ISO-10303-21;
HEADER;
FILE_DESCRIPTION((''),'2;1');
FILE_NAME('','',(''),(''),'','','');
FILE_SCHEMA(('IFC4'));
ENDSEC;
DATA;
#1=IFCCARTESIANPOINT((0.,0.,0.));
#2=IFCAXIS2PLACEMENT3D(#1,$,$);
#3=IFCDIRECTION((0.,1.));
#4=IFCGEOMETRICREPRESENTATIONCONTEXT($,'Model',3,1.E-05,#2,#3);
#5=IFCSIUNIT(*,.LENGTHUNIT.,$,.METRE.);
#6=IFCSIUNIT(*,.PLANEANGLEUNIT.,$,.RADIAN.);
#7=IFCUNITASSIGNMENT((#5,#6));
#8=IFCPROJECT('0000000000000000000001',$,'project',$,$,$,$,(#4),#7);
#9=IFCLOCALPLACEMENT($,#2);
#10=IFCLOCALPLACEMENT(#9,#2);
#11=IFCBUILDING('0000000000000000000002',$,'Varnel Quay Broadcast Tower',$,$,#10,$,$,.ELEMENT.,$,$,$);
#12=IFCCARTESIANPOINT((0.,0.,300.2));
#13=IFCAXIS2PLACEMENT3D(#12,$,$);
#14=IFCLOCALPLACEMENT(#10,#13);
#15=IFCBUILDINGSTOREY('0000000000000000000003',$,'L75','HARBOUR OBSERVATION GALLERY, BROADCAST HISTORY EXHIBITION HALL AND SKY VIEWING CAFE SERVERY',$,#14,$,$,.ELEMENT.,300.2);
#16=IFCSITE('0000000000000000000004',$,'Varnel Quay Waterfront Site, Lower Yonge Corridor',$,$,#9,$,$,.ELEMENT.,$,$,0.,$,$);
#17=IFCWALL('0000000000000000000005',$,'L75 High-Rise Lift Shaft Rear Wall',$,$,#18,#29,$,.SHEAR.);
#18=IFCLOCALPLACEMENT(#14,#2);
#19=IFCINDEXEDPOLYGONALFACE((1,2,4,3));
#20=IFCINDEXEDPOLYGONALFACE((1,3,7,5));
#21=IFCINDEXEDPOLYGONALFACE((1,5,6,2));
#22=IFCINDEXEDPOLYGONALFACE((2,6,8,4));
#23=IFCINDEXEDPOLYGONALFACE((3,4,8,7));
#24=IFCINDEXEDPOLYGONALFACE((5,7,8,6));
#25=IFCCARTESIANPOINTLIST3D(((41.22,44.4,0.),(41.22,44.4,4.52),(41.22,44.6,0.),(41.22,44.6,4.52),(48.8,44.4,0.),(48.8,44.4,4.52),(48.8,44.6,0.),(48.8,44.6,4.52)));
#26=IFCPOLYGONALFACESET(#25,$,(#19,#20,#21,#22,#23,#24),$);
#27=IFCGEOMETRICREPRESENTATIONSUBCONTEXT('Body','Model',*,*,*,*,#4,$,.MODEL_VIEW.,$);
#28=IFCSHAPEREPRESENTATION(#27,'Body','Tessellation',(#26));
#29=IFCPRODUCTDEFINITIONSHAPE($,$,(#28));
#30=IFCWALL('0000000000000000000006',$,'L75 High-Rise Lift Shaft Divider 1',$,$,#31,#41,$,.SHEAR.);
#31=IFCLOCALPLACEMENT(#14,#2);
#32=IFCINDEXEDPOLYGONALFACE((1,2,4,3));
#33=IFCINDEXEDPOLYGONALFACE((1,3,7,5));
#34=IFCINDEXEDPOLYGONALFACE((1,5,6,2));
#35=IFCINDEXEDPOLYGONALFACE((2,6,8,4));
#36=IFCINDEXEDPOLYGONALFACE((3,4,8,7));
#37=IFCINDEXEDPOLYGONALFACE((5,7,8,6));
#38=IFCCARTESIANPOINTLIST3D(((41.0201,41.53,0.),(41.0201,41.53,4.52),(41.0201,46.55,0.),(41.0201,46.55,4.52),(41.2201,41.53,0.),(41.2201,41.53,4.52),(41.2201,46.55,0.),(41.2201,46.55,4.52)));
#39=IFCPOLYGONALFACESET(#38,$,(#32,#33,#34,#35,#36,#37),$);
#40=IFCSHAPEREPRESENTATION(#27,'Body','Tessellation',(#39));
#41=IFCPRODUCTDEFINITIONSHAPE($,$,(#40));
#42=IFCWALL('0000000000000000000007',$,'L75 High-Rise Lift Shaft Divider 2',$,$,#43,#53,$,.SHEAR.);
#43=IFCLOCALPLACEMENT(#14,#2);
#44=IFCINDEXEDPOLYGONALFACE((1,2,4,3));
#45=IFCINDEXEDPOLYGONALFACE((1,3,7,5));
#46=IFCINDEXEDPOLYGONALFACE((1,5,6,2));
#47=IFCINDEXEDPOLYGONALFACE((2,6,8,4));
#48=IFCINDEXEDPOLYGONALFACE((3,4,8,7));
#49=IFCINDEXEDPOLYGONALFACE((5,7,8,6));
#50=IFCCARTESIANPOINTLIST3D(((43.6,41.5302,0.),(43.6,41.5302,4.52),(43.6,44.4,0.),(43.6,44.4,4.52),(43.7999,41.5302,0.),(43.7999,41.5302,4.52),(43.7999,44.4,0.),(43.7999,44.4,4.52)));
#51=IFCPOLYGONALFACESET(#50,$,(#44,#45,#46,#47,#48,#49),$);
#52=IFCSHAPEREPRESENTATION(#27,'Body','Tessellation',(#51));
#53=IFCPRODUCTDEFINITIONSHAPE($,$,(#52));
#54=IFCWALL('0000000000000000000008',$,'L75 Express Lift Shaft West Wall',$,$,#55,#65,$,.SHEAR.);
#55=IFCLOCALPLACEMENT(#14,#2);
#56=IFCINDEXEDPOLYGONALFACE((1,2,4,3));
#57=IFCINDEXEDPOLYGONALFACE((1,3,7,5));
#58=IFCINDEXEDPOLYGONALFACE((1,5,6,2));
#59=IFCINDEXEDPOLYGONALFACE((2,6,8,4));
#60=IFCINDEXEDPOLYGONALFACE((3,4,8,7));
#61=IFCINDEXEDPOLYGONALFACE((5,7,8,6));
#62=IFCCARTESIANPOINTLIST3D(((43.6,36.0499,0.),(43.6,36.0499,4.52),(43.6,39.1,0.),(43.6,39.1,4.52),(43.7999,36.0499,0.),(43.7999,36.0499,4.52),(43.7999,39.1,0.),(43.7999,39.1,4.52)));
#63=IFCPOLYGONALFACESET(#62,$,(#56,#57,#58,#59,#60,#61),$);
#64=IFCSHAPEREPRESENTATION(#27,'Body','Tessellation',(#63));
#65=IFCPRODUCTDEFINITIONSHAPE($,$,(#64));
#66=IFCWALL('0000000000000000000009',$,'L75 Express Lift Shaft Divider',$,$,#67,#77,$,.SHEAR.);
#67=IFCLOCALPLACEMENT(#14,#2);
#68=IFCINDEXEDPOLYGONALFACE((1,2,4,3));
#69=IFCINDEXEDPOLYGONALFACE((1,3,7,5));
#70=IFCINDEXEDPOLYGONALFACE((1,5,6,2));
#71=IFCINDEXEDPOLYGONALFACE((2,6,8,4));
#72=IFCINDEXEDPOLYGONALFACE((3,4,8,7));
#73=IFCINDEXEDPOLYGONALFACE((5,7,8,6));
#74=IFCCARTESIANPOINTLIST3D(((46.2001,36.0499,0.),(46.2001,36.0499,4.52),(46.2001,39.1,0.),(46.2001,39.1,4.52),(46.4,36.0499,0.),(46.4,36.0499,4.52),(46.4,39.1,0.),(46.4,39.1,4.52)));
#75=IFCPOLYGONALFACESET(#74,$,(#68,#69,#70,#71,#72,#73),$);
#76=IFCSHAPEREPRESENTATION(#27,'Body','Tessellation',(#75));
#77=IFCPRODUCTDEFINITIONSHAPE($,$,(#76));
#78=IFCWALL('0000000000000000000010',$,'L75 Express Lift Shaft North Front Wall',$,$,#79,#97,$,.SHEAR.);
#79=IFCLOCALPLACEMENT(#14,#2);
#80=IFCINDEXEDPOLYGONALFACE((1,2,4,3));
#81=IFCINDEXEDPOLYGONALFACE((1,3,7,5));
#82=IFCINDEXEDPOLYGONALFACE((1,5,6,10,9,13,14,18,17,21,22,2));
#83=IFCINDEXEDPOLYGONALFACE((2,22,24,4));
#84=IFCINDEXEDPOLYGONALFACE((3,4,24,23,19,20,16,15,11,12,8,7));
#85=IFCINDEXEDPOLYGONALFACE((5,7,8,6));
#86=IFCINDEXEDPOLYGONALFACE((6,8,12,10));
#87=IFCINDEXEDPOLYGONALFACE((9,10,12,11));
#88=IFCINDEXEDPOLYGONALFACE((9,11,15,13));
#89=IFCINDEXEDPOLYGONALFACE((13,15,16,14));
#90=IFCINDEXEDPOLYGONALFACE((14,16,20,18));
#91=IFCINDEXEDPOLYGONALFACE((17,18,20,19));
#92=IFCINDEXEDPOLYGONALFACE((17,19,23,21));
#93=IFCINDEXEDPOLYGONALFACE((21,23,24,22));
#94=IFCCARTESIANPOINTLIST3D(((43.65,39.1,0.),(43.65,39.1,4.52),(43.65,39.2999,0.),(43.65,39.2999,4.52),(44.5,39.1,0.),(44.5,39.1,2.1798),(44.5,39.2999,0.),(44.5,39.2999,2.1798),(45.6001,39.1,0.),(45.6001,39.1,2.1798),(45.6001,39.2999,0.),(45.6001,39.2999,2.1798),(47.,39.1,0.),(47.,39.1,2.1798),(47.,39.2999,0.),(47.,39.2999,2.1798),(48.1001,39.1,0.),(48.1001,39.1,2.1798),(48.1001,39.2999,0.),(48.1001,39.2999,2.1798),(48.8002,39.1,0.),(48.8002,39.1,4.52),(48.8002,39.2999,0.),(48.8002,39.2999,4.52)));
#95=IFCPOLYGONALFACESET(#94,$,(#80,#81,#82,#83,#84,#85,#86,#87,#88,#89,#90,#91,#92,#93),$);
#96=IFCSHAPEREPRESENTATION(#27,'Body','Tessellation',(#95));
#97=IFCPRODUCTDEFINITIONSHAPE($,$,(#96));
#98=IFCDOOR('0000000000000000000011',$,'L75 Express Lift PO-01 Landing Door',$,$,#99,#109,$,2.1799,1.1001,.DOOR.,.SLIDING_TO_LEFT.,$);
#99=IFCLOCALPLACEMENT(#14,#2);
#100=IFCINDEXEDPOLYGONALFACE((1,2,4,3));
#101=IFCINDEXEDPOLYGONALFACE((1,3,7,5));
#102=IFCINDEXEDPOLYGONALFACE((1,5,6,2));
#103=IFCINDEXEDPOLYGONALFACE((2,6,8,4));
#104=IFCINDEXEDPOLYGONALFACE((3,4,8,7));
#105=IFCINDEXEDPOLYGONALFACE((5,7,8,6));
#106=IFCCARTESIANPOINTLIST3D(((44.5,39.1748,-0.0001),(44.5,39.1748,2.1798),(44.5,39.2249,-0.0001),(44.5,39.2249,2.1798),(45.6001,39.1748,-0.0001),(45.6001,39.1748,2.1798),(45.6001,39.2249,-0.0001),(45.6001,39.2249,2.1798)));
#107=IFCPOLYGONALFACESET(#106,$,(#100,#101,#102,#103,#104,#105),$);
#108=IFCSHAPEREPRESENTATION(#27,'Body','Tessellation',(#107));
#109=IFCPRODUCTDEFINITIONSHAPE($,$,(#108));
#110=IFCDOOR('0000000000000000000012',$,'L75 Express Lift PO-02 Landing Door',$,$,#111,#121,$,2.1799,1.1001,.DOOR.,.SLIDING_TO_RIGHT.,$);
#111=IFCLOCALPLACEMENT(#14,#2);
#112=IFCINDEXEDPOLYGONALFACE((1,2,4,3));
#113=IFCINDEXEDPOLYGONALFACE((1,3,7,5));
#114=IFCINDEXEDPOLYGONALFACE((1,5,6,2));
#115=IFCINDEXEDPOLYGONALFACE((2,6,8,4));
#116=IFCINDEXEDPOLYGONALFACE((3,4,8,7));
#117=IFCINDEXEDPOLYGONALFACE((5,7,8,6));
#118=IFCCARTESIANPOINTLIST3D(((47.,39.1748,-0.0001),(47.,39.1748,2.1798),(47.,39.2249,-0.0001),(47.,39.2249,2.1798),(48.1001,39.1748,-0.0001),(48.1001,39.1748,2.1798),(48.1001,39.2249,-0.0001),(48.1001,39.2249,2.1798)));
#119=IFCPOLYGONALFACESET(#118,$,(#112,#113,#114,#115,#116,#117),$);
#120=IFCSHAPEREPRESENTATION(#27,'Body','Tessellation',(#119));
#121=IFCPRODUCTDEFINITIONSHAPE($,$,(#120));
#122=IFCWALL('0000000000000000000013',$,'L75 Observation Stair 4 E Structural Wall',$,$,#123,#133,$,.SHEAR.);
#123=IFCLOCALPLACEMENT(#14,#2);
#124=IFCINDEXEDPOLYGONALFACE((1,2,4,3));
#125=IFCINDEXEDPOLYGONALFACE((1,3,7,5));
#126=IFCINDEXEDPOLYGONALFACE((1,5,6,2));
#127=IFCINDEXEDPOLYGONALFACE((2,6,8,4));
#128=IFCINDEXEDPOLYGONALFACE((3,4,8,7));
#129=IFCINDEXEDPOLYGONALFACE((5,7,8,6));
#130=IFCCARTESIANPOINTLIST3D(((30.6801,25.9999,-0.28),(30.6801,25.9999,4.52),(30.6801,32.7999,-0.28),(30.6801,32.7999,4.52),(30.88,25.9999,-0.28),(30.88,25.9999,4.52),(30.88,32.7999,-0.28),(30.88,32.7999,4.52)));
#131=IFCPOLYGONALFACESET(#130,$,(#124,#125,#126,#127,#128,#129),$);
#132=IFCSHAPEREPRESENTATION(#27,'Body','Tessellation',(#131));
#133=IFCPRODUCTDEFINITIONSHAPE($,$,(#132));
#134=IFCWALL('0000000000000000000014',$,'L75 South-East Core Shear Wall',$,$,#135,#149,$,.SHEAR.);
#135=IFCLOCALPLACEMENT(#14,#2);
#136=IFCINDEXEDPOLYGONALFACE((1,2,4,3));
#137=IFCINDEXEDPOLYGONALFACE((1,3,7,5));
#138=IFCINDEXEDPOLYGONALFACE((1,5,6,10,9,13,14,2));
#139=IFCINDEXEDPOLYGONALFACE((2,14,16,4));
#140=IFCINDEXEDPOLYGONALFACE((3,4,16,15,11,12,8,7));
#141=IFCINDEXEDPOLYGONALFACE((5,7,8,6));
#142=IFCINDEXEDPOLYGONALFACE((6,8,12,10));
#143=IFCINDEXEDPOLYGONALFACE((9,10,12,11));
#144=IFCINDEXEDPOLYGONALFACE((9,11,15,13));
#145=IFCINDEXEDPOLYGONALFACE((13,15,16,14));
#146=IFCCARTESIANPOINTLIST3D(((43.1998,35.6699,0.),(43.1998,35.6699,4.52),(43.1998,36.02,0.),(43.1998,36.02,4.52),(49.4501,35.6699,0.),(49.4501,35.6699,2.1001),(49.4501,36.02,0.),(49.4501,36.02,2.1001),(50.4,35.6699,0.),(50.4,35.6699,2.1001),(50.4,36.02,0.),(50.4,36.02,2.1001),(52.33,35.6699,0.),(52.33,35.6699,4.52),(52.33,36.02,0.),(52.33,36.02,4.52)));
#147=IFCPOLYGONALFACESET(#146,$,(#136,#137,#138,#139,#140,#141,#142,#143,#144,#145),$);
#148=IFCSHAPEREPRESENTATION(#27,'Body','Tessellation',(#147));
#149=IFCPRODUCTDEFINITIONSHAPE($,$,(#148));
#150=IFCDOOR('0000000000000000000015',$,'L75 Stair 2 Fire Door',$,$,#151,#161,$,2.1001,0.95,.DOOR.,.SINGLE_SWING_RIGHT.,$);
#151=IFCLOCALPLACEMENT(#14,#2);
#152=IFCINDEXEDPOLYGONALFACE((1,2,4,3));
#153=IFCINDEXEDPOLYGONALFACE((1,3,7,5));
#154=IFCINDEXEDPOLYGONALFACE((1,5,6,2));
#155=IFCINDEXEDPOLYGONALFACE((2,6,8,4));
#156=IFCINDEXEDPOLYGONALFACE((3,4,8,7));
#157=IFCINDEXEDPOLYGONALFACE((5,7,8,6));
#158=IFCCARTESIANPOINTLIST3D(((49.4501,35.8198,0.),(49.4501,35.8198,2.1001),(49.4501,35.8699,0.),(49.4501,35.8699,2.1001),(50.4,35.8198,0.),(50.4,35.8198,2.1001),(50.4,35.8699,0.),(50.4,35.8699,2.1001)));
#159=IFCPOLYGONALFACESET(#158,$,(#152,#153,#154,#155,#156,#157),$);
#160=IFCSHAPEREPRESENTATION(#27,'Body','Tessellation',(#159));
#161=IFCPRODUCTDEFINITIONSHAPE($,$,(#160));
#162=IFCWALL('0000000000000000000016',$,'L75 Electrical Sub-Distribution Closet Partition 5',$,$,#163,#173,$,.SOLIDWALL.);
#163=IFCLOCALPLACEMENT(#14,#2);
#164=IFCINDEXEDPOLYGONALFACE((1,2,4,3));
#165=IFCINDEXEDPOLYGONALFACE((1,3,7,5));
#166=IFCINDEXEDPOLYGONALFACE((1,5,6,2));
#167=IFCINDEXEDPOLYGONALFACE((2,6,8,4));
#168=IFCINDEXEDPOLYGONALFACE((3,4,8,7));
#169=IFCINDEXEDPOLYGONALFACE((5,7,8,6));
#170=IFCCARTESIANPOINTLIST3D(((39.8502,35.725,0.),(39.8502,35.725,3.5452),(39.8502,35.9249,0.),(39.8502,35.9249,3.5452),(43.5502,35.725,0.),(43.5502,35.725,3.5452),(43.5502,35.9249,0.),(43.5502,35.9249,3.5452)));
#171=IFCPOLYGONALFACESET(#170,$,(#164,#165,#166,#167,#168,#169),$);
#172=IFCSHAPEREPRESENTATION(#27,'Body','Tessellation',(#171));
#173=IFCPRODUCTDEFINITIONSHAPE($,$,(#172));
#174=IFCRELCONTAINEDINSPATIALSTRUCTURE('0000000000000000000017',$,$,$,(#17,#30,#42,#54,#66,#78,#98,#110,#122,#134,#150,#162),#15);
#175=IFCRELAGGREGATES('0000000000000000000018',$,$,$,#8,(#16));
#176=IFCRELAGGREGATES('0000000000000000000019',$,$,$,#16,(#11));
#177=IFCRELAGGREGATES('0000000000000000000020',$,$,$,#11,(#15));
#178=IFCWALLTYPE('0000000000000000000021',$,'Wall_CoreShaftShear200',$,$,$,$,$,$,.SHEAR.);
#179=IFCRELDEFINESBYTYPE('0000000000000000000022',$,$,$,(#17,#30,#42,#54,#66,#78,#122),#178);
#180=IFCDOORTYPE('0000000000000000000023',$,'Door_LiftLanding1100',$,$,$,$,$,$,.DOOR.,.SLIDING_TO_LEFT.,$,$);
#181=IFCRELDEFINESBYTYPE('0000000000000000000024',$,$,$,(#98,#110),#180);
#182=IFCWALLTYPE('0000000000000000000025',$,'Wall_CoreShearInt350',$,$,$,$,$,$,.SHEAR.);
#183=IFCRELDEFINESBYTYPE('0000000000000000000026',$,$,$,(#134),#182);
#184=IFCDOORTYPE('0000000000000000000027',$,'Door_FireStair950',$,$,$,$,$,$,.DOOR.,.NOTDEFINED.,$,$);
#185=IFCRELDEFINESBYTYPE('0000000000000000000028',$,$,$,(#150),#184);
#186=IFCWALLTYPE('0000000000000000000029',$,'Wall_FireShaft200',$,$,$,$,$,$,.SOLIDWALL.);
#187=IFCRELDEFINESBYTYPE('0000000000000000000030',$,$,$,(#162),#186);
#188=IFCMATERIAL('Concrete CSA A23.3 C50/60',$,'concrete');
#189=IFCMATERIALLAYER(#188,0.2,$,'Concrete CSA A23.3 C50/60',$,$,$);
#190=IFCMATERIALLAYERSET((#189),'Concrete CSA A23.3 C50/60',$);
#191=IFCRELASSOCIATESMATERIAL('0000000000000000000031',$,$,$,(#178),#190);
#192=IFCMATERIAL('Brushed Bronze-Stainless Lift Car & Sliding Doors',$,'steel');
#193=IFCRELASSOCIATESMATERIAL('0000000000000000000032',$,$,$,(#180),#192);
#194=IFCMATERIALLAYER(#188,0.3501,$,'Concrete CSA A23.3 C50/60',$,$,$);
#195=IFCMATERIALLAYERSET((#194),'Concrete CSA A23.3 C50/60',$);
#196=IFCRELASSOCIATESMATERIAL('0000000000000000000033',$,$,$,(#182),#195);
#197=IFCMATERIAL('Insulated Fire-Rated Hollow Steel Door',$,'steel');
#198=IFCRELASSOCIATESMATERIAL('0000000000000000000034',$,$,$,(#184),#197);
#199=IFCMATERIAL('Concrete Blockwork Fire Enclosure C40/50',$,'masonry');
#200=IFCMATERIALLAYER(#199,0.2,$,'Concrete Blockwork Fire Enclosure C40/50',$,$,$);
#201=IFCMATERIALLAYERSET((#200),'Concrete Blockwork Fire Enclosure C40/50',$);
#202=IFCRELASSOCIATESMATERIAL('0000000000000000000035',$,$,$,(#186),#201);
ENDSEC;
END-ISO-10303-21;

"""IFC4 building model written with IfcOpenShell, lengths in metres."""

from ifc_helpers import new_model, si_unit, direction, frame, frame_2d, origin, place, context, subcontext, project, spatial, rectangle, extrude, source, transform, mapped, material, layer, layer_set, type_object, type_shapes, element, fill, save


model = new_model("IFC4")

# Units and contexts
model_context = context("Model", 3, precision=1e-05, world=origin(), true_north=direction((0.0, 1.0)))
body_context = subcontext(model_context, "Body", "Model", "MODEL_VIEW")
ifc_project = project(units=[si_unit("LENGTHUNIT", "METRE"), si_unit("PLANEANGLEUNIT", "RADIAN")], contexts=[model_context])

# Site, building, storey
site_placement = place(None, origin())
site = spatial("IfcSite", under=ifc_project, at=site_placement, Name="Varnel Quay Waterfront Site, Lower Yonge Corridor", CompositionType="ELEMENT", RefElevation=0.0)
building_placement = place(site_placement, origin())
building = spatial("IfcBuilding", under=site, at=building_placement, Name="Varnel Quay Broadcast Tower", CompositionType="ELEMENT")
storey_placement = place(building_placement, frame((0.0, 0.0, 300.2)))
storey = spatial("IfcBuildingStorey", under=building, at=storey_placement, Name="L75", Description="HARBOUR OBSERVATION GALLERY, BROADCAST HISTORY EXHIBITION HALL AND SKY VIEWING CAFE SERVERY", CompositionType="ELEMENT", Elevation=300.2)

# Shared definitions
ifc_material_1 = material(Name="Concrete CSA A23.3 C50/60", Category="concrete")

# Walls
ifc_layer_1 = layer(ifc_material_1, 0.2, Name="Concrete CSA A23.3 C50/60")
ifc_layer_set_1 = layer_set([ifc_layer_1], Name="Concrete CSA A23.3 C50/60")
wall_type_1 = type_object("IfcWallType", Name="Wall_CoreShaftShear200", PredefinedType="SHEAR", material=ifc_layer_set_1)
wall_1_placement = place(storey_placement, frame((41.22, 44.5, 0.0), z_axis=(0.0, 0.0, 1.0), x_axis=(1.0, 0.0, 0.0)))
element("IfcWall", 1, at=wall_1_placement, inside=storey, type_object=wall_type_1, Name="L75 High-Rise Lift Shaft Rear Wall", PredefinedType="SHEAR", context=body_context, shape_type="SweptSolid", body=[
    extrude(rectangle(XDim=7.5801, YDim=0.2, at=frame_2d((3.79, 0.0))), origin(), (0.0, 0.0, 1.0), 4.52),
])
wall_2_placement = place(storey_placement, frame((41.1201, 41.53, 0.0), z_axis=(0.0, 0.0, 1.0), x_axis=(0.0, 1.0, 0.0)))
element("IfcWall", 2, at=wall_2_placement, inside=storey, type_object=wall_type_1, Name="L75 High-Rise Lift Shaft Divider 1", PredefinedType="SHEAR", context=body_context, shape_type="SweptSolid", body=[
    extrude(rectangle(XDim=5.02, YDim=0.2, at=frame_2d((2.51, 0.0))), origin(), (0.0, 0.0, 1.0), 4.52),
])
wall_3_placement = place(storey_placement, frame((43.7, 41.53, 0.0), z_axis=(0.0, 0.0, 1.0), x_axis=(0.0, 1.0, 0.0)))
element("IfcWall", 3, at=wall_3_placement, inside=storey, type_object=wall_type_1, Name="L75 High-Rise Lift Shaft Divider 2", PredefinedType="SHEAR", context=body_context, shape_type="SweptSolid", body=[
    extrude(rectangle(XDim=2.8699, YDim=0.2, at=frame_2d((1.4351, 0.0))), origin(), (0.0, 0.0, 1.0), 4.52),
])
for number, where, z_axis, x_axis, name in (
    (4, (43.7, 36.05, 0.0), (0.0, 0.0, 1.0), (0.0, 1.0, 0.0), "L75 Express Lift Shaft West Wall"),
    (5, (46.3, 36.05, 0.0), (0.0, 0.0, 1.0), (0.0, 1.0, 0.0), "L75 Express Lift Shaft Divider"),
):
    element("IfcWall", number, at=place(storey_placement, frame(where, z_axis=z_axis, x_axis=x_axis)), inside=storey, type_object=wall_type_1, Name=name, PredefinedType="SHEAR", context=body_context, shape_type="SweptSolid", body=[
        extrude(rectangle(XDim=3.05, YDim=0.2, at=frame_2d((1.5249, 0.0))), origin(), (0.0, 0.0, 1.0), 4.52),
    ])

# Wall, openings, doors
wall_4_placement = place(storey_placement, frame((43.6499, 39.2, 0.0), z_axis=(0.0, 0.0, 1.0), x_axis=(1.0, 0.0, 0.0)))
wall_4 = element("IfcWall", 6, at=wall_4_placement, inside=storey, type_object=wall_type_1, Name="L75 Express Lift Shaft North Front Wall", PredefinedType="SHEAR", context=body_context, shape_type="SweptSolid", body=[
    extrude(rectangle(XDim=5.1501, YDim=0.2, at=frame_2d((2.5752, 0.0))), origin(), (0.0, 0.0, 1.0), 4.52),
])
opening_1_placement = place(wall_4_placement, frame((0.8501, 0.0, 0.0)))
opening_1 = element("IfcOpeningElement", 7, at=opening_1_placement, cuts=wall_4, PredefinedType="OPENING", context=body_context, shape_type="SweptSolid", body=[
    extrude(rectangle(XDim=1.1001, YDim=2.1799, at=frame_2d((0.55, 1.0898))), frame((0.0, 0.1099, 0.0), z_axis=(0.0, -1.0, 0.0), x_axis=(1.0, 0.0, 0.0)), (0.0, 0.0, 1.0), 0.22),
])
opening_2_placement = place(wall_4_placement, frame((3.3501, 0.0, 0.0)))
opening_2 = element("IfcOpeningElement", 8, at=opening_2_placement, cuts=wall_4, PredefinedType="OPENING", context=body_context, shape_type="SweptSolid", body=[
    extrude(rectangle(XDim=1.1001, YDim=2.1799, at=frame_2d((0.55, 1.0898))), frame((0.0, 0.1099, 0.0), z_axis=(0.0, -1.0, 0.0), x_axis=(1.0, 0.0, 0.0)), (0.0, 0.0, 1.0), 0.22),
])
ifc_material_2 = material(Name="Brushed Bronze-Stainless Lift Car & Sliding Doors", Category="steel")
door_type_1 = type_object("IfcDoorType", Name="Door_LiftLanding1100", OperationType="SLIDING_TO_LEFT", PredefinedType="DOOR", material=ifc_material_2)
shared_shape_1 = source(origin(), body_context, "Body", "SweptSolid", [
    extrude(rectangle(XDim=1.1001, YDim=2.1799, at=frame_2d((0.55, 1.0898))), frame((0.0, 0.0249, 0.0), z_axis=(0.0, -1.0, 0.0), x_axis=(1.0, 0.0, 0.0)), (0.0, 0.0, 1.0), 0.05),
])
type_shapes(door_type_1, [shared_shape_1])
door_1_placement = place(opening_1_placement, origin())
door_1 = element("IfcDoor", 9, at=door_1_placement, inside=storey, type_object=door_type_1, Name="L75 Express Lift PO-01 Landing Door", OperationType="SLIDING_TO_LEFT", OverallHeight=2.1799, OverallWidth=1.1001, PredefinedType="DOOR", context=body_context, shape_type="MappedRepresentation", body=[
    mapped(shared_shape_1, transform((0.0, 0.0, 0.0), x_axis=(1.0, 0.0, 0.0), y_axis=(0.0, 1.0, 0.0), z_axis=(0.0, 0.0, 1.0), scale=1.0)),
])
fill(opening_1, door_1)
door_2_placement = place(opening_2_placement, origin())
door_2 = element("IfcDoor", 10, at=door_2_placement, inside=storey, type_object=door_type_1, Name="L75 Express Lift PO-02 Landing Door", OperationType="SLIDING_TO_RIGHT", OverallHeight=2.1799, OverallWidth=1.1001, PredefinedType="DOOR", context=body_context, shape_type="MappedRepresentation", body=[
    mapped(shared_shape_1, transform((0.0, 0.0, 0.0), x_axis=(1.0, 0.0, 0.0), y_axis=(0.0, 1.0, 0.0), z_axis=(0.0, 0.0, 1.0), scale=1.0)),
])
fill(opening_2, door_2)

# Wall
wall_5_placement = place(storey_placement, frame((30.78, 26.0, -0.28), z_axis=(0.0, 0.0, 1.0), x_axis=(0.0, 1.0, 0.0)))
element("IfcWall", 11, at=wall_5_placement, inside=storey, type_object=wall_type_1, Name="L75 Observation Stair 4 E Structural Wall", PredefinedType="SHEAR", context=body_context, shape_type="SweptSolid", body=[
    extrude(rectangle(XDim=6.8, YDim=0.2, at=frame_2d((3.3999, 0.0))), origin(), (0.0, 0.0, 1.0), 4.8),
])

# Wall, opening, door
ifc_layer_2 = layer(ifc_material_1, 0.3501, Name="Concrete CSA A23.3 C50/60")
ifc_layer_set_2 = layer_set([ifc_layer_2], Name="Concrete CSA A23.3 C50/60")
wall_type_2 = type_object("IfcWallType", Name="Wall_CoreShearInt350", PredefinedType="SHEAR", material=ifc_layer_set_2)
wall_6_placement = place(storey_placement, frame((43.2, 35.845, 0.0), z_axis=(0.0, 0.0, 1.0), x_axis=(1.0, 0.0, 0.0)))
wall_6 = element("IfcWall", 12, at=wall_6_placement, inside=storey, type_object=wall_type_2, Name="L75 South-East Core Shear Wall", PredefinedType="SHEAR", context=body_context, shape_type="SweptSolid", body=[
    extrude(rectangle(XDim=9.1301, YDim=0.3501, at=frame_2d((4.5649, 0.0))), origin(), (0.0, 0.0, 1.0), 4.52),
])
opening_3_placement = place(wall_6_placement, frame((6.25, 0.0, 0.0)))
opening_3 = element("IfcOpeningElement", 13, at=opening_3_placement, cuts=wall_6, PredefinedType="OPENING", context=body_context, shape_type="SweptSolid", body=[
    extrude(rectangle(XDim=0.95, YDim=2.1001, at=frame_2d((0.4751, 1.05))), frame((0.0, 0.1851, 0.0), z_axis=(0.0, -1.0, 0.0), x_axis=(1.0, 0.0, 0.0)), (0.0, 0.0, 1.0), 0.3701),
])
ifc_material_3 = material(Name="Insulated Fire-Rated Hollow Steel Door", Category="steel")
door_type_2 = type_object("IfcDoorType", Name="Door_FireStair950", OperationType="NOTDEFINED", PredefinedType="DOOR", material=ifc_material_3)
shared_shape_2 = source(origin(), body_context, "Body", "SweptSolid", [
    extrude(rectangle(XDim=0.95, YDim=2.1001, at=frame_2d((0.4751, 1.05))), frame((0.0, 0.0249, 0.0), z_axis=(0.0, -1.0, 0.0), x_axis=(1.0, 0.0, 0.0)), (0.0, 0.0, 1.0), 0.05),
])
type_shapes(door_type_2, [shared_shape_2])
door_3_placement = place(opening_3_placement, origin())
door_3 = element("IfcDoor", 14, at=door_3_placement, inside=storey, type_object=door_type_2, Name="L75 Stair 2 Fire Door", OperationType="SINGLE_SWING_RIGHT", OverallHeight=2.1001, OverallWidth=0.95, PredefinedType="DOOR", context=body_context, shape_type="MappedRepresentation", body=[
    mapped(shared_shape_2, transform((0.0, 0.0, 0.0), x_axis=(1.0, 0.0, 0.0), y_axis=(0.0, 1.0, 0.0), z_axis=(0.0, 0.0, 1.0), scale=1.0)),
])
fill(opening_3, door_3)

# Wall
ifc_material_4 = material(Name="Concrete Blockwork Fire Enclosure C40/50", Category="masonry")
ifc_layer_3 = layer(ifc_material_4, 0.2, Name="Concrete Blockwork Fire Enclosure C40/50")
ifc_layer_set_3 = layer_set([ifc_layer_3], Name="Concrete Blockwork Fire Enclosure C40/50")
wall_type_3 = type_object("IfcWallType", Name="Wall_FireShaft200", PredefinedType="SOLIDWALL", material=ifc_layer_set_3)
wall_7_placement = place(storey_placement, frame((39.8501, 35.825, 0.0), z_axis=(0.0, 0.0, 1.0), x_axis=(1.0, 0.0, 0.0)))
element("IfcWall", 15, at=wall_7_placement, inside=storey, type_object=wall_type_3, Name="L75 Electrical Sub-Distribution Closet Partition 5", PredefinedType="SOLIDWALL", context=body_context, shape_type="SweptSolid", body=[
    extrude(rectangle(XDim=3.7, YDim=0.2, at=frame_2d((1.8501, 0.0))), origin(), (0.0, 0.0, 1.0), 3.5452),
])

save(model, "model.ifc")
